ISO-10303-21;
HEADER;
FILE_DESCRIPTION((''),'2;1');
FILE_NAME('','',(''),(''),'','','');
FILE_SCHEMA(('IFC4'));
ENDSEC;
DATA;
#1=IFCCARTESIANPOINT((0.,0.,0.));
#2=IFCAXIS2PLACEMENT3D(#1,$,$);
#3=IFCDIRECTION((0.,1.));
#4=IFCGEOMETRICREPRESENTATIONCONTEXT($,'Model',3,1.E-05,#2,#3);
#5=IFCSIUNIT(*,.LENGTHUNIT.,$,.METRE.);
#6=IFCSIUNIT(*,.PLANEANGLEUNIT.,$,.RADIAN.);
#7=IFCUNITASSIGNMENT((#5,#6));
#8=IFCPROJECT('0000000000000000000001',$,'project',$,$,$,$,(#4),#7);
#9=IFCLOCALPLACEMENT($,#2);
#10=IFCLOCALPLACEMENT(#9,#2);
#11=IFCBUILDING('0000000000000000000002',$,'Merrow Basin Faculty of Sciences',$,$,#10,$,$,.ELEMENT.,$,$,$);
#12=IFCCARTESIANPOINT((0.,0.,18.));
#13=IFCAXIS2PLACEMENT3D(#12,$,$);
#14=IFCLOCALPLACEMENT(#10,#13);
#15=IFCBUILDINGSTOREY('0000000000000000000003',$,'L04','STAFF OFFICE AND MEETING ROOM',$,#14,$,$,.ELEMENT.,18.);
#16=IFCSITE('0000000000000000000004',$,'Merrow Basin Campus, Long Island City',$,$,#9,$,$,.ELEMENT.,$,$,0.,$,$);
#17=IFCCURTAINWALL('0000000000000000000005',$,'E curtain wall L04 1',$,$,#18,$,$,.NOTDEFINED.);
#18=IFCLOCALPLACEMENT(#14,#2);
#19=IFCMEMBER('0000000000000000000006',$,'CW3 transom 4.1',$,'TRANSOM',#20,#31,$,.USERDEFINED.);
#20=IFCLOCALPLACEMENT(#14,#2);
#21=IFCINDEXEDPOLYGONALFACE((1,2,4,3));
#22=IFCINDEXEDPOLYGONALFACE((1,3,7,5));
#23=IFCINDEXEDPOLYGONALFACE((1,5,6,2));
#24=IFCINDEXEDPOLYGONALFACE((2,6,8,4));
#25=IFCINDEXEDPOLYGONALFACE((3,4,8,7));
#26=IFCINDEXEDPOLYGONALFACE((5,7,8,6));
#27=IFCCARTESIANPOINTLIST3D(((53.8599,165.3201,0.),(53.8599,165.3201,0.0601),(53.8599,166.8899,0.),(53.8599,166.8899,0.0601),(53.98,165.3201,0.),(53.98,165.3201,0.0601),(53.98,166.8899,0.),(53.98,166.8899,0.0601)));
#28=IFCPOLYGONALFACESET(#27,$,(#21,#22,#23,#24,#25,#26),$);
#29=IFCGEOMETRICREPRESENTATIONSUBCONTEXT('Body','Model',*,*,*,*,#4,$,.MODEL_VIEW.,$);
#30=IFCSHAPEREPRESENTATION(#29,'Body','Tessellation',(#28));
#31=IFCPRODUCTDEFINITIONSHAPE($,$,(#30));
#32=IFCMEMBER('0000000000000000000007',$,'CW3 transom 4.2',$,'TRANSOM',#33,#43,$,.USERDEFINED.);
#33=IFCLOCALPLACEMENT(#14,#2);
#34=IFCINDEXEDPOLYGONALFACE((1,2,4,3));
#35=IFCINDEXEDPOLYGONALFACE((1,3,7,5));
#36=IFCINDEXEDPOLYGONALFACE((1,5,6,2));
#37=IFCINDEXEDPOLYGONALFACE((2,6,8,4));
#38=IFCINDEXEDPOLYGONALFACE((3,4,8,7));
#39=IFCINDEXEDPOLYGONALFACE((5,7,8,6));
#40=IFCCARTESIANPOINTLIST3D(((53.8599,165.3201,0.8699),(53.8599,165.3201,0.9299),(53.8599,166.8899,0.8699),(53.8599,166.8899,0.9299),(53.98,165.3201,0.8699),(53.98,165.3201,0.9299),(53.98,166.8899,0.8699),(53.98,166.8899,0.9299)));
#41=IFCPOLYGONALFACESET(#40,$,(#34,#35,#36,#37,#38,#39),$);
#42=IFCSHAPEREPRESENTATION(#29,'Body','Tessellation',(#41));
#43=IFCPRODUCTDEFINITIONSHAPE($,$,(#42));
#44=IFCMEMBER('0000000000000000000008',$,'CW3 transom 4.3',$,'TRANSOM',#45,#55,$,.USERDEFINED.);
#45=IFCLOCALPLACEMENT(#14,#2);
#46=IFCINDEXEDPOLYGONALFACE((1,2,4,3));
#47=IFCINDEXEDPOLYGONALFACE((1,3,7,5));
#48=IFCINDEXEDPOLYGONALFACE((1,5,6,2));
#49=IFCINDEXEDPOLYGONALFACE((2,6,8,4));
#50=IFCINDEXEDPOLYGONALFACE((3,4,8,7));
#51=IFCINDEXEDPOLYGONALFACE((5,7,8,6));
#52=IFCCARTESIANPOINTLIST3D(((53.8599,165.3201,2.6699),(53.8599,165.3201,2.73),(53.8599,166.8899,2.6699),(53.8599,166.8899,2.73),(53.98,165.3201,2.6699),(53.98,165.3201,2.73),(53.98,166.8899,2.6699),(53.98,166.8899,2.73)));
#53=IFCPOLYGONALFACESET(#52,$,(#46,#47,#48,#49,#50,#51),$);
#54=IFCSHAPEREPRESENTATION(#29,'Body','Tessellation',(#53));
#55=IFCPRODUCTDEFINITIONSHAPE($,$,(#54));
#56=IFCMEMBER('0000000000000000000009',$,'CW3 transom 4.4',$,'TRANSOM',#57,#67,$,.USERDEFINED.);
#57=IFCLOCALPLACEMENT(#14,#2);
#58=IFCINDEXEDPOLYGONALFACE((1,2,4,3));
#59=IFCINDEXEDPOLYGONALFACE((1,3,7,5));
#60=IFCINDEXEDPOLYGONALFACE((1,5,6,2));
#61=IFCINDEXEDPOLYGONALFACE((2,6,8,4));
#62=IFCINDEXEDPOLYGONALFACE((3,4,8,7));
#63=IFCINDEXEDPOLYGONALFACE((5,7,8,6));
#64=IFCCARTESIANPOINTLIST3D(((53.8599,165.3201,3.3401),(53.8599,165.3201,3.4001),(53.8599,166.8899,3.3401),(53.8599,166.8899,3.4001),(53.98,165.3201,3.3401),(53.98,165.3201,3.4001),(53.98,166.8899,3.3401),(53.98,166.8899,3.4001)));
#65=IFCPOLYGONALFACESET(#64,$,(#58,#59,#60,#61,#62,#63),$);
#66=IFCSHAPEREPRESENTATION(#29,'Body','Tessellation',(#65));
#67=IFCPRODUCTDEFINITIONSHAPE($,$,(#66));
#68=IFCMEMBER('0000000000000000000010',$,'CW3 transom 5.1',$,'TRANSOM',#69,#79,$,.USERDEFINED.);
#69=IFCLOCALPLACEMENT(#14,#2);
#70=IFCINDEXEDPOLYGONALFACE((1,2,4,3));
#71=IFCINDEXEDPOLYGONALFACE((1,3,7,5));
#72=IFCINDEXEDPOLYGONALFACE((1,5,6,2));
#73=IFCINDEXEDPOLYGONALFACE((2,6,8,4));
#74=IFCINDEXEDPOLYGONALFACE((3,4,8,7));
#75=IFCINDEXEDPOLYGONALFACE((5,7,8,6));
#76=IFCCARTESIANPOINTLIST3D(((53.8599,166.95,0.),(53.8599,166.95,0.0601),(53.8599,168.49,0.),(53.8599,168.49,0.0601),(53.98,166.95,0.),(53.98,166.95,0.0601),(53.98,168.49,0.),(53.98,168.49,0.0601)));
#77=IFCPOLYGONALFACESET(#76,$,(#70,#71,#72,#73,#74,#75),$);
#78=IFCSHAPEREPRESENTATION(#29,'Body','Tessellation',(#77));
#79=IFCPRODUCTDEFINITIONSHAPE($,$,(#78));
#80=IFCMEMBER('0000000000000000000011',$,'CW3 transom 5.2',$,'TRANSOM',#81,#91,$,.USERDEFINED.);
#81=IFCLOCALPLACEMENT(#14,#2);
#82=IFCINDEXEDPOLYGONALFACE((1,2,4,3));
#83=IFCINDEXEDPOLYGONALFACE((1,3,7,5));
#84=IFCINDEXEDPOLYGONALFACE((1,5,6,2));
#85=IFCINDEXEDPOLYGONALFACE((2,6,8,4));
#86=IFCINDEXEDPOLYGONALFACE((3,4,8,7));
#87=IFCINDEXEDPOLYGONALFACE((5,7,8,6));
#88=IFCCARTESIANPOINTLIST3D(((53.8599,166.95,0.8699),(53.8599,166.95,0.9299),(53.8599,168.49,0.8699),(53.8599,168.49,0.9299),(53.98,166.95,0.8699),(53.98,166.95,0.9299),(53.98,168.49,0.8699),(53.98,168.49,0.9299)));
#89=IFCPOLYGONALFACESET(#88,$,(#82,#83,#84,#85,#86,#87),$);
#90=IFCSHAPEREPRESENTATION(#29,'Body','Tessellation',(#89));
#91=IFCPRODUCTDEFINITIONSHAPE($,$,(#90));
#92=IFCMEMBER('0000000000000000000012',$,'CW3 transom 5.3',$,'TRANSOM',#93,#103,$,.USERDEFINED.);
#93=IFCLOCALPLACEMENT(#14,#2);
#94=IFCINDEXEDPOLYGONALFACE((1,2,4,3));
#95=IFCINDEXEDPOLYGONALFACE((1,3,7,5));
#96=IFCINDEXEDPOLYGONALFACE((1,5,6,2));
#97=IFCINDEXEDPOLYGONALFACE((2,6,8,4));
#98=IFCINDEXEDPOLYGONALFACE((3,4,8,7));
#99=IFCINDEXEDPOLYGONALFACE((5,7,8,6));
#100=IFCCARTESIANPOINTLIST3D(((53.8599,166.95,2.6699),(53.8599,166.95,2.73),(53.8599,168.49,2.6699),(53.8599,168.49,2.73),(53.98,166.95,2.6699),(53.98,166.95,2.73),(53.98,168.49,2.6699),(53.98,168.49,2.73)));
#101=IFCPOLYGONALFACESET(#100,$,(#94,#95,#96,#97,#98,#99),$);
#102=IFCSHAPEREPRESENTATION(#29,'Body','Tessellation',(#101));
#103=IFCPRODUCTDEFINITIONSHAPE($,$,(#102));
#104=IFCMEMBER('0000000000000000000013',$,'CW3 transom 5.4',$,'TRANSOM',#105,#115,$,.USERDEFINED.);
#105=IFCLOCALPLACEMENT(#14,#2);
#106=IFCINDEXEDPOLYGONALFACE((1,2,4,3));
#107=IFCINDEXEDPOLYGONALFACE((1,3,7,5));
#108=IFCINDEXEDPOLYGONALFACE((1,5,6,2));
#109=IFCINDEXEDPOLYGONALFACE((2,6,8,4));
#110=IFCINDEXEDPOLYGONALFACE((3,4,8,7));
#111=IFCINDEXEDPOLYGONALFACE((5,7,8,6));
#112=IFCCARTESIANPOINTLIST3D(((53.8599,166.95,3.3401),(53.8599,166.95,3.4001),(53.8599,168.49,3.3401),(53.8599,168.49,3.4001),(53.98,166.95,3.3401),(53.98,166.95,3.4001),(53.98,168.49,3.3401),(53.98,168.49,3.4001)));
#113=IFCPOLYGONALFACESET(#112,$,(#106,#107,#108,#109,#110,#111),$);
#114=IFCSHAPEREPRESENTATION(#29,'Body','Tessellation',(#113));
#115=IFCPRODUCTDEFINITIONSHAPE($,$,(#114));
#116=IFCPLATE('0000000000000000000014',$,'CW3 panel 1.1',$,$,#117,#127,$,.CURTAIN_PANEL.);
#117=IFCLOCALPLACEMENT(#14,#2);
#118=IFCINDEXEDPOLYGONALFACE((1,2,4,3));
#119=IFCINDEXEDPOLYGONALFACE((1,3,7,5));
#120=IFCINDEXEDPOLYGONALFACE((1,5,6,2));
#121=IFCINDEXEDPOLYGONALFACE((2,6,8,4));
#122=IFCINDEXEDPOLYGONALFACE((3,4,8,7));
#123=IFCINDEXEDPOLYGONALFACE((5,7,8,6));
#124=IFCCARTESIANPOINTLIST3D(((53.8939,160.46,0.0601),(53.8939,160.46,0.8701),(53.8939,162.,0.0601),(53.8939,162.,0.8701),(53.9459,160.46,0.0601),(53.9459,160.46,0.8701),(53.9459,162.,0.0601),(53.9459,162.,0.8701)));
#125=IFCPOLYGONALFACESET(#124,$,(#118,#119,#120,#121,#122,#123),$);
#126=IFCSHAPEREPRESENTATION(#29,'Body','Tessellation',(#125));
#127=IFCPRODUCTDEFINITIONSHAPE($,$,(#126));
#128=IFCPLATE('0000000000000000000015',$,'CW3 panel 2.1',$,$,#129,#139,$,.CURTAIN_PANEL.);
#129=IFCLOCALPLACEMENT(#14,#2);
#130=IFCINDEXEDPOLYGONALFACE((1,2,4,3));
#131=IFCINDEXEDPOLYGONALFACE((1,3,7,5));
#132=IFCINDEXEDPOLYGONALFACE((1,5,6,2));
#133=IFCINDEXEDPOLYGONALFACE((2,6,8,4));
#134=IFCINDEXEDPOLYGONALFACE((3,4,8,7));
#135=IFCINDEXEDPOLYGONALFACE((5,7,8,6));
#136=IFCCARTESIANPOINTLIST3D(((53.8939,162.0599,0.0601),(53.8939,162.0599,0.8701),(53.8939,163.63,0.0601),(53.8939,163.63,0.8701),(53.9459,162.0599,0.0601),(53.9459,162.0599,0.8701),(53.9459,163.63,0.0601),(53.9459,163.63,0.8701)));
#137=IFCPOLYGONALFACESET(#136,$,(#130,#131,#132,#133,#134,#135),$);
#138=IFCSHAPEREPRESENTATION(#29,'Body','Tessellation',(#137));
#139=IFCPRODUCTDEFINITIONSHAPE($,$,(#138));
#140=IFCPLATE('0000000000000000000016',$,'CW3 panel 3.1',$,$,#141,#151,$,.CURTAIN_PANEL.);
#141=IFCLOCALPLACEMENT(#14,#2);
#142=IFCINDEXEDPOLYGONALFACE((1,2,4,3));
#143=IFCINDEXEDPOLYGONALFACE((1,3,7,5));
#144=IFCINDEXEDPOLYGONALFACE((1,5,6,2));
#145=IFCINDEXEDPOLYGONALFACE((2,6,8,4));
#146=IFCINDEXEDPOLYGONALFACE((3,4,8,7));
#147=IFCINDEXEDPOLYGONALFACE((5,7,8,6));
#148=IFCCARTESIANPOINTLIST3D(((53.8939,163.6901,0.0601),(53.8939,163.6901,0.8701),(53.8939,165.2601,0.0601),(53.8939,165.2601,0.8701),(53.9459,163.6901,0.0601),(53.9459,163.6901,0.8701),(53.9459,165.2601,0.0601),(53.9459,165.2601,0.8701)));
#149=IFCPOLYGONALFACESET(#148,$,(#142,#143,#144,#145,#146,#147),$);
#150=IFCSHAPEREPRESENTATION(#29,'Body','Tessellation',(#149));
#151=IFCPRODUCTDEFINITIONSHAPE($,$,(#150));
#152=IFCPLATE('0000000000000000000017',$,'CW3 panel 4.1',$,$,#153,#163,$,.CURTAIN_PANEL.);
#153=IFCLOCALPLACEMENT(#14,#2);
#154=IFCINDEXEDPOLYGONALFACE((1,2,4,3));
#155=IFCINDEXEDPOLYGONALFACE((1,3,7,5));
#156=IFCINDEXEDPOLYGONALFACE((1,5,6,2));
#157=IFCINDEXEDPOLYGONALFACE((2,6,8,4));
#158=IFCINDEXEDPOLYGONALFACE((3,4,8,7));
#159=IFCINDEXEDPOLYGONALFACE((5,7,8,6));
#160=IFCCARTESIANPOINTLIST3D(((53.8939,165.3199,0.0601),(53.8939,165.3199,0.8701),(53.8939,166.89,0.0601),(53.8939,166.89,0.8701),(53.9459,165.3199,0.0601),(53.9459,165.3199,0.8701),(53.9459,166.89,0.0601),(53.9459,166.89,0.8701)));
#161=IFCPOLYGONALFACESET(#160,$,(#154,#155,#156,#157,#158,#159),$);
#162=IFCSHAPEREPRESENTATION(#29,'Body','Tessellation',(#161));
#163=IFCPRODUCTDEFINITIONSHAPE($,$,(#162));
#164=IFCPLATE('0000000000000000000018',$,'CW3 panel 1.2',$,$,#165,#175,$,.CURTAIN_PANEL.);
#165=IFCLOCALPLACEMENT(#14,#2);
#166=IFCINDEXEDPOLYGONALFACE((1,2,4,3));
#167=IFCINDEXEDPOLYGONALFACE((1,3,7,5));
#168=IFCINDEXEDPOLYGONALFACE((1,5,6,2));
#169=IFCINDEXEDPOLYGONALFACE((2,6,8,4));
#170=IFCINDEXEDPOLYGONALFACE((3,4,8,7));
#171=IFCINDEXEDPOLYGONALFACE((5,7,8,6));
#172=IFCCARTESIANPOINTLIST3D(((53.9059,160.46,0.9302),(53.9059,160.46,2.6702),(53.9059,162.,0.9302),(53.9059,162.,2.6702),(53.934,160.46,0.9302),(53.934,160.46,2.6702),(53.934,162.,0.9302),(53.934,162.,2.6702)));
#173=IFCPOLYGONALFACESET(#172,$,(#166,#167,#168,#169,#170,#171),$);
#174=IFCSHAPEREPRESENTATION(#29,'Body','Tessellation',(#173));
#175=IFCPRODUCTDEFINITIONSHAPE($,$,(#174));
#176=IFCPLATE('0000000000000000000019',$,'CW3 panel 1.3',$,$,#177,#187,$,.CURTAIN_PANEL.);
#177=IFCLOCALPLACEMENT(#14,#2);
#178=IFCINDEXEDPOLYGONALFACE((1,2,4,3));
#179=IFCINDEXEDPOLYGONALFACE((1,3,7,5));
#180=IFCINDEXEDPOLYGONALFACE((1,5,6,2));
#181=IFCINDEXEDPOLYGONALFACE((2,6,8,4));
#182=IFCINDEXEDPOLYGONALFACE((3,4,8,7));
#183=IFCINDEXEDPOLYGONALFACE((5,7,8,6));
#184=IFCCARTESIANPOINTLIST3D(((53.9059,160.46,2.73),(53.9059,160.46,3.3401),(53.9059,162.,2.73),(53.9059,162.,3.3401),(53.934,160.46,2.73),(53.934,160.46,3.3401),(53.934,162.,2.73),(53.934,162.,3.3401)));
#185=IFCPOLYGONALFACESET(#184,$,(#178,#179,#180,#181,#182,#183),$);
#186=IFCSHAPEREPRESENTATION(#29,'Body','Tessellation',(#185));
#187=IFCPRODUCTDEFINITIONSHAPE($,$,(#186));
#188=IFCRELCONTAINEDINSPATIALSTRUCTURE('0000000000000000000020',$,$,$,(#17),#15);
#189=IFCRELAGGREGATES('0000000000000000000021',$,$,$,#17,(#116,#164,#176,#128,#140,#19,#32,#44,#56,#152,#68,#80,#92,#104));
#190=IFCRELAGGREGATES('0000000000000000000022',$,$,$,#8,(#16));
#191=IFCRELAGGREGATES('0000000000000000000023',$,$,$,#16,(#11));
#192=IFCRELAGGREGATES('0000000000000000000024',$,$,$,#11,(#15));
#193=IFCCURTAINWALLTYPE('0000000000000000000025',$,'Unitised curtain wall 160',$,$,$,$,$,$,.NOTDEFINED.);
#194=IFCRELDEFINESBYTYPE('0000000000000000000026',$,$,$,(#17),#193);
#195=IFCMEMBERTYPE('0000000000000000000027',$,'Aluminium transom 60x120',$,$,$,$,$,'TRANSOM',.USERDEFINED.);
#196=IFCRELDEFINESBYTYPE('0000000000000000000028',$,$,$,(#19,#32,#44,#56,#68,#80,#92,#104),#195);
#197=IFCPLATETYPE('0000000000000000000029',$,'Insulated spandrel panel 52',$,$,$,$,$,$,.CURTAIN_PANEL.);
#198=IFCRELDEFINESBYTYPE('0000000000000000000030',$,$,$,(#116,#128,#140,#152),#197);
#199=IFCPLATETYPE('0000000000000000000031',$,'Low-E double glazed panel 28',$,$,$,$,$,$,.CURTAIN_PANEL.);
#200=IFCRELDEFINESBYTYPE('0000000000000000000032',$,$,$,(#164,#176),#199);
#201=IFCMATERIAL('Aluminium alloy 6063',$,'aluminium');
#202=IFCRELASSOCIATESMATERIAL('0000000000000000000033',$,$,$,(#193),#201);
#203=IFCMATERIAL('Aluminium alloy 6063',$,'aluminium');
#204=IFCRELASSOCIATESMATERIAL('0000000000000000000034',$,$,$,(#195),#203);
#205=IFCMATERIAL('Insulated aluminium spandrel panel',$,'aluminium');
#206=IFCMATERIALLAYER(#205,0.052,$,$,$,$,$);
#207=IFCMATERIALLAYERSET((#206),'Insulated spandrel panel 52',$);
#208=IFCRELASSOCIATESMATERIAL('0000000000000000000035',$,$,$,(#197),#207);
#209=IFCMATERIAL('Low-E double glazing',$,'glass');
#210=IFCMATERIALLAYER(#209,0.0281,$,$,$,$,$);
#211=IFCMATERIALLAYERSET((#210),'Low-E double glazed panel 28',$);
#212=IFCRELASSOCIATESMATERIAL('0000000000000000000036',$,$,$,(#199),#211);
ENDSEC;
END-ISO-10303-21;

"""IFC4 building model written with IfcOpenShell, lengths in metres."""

from ifc_helpers import new_model, si_unit, direction, frame, origin, origin_2d, place, context, subcontext, project, spatial, rectangle, extrude, material, layer, layer_set, material_profile, profile_set, type_object, element, aggregate, save


model = new_model("IFC4")

# Units and contexts
model_context = context("Model", 3, precision=1e-05, world=origin(), true_north=direction((0.0, 1.0)))
body_context = subcontext(model_context, "Body", "Model", "MODEL_VIEW")
ifc_project = project(units=[si_unit("LENGTHUNIT", "METRE"), si_unit("PLANEANGLEUNIT", "RADIAN")], contexts=[model_context])

# Site, building, storey
site_placement = place(None, origin())
site = spatial("IfcSite", under=ifc_project, at=site_placement, Name="Merrow Basin Campus, Long Island City", CompositionType="ELEMENT", RefElevation=0.0)
building_placement = place(site_placement, origin())
building = spatial("IfcBuilding", under=site, at=building_placement, Name="Merrow Basin Faculty of Sciences", CompositionType="ELEMENT")
storey_placement = place(building_placement, frame((0.0, 0.0, 18.0)))
storey = spatial("IfcBuildingStorey", under=building, at=storey_placement, Name="L04", Description="STAFF OFFICE AND MEETING ROOM", CompositionType="ELEMENT", Elevation=18.0)

# Curtain wall, members, plates
ifc_material_1 = material(Name="Aluminium alloy 6063", Category="aluminium")
curtain_wall_type = type_object("IfcCurtainWallType", Name="Unitised curtain wall 160", PredefinedType="NOTDEFINED", material=ifc_material_1)
curtain_wall_placement = place(storey_placement, origin())
curtain_wall = element("IfcCurtainWall", 1, at=curtain_wall_placement, inside=storey, type_object=curtain_wall_type, Name="E curtain wall L04 1", PredefinedType="NOTDEFINED")
ifc_material_2 = material(Name="Aluminium alloy 6063", Category="aluminium")
ifc_material_profile_1 = material_profile(ifc_material_2, rectangle(XDim=0.1201, YDim=0.0601, at=origin_2d()))
ifc_profile_set_1 = profile_set([ifc_material_profile_1], Name="Aluminium alloy 6063")
member_type_1 = type_object("IfcMemberType", Name="Aluminium transom 60x120", ElementType="TRANSOM", PredefinedType="USERDEFINED", material=ifc_profile_set_1)
member_1_placement = place(storey_placement, frame((53.9199, 165.3201, 0.03), z_axis=(0.0, 1.0, 0.0), x_axis=(-1.0, 0.0, 0.0)))
member_1 = element("IfcMember", 2, at=member_1_placement, type_object=member_type_1, Name="CW3 transom 4.1", ObjectType="TRANSOM", PredefinedType="USERDEFINED", context=body_context, shape_type="SweptSolid", body=[
    extrude(rectangle(XDim=0.1201, YDim=0.0601, at=origin_2d()), origin(), (0.0, 0.0, 1.0), 1.5698),
])
member_2_placement = place(storey_placement, frame((53.9199, 165.3201, 0.8999), z_axis=(0.0, 1.0, 0.0), x_axis=(-1.0, 0.0, 0.0)))
member_2 = element("IfcMember", 3, at=member_2_placement, type_object=member_type_1, Name="CW3 transom 4.2", ObjectType="TRANSOM", PredefinedType="USERDEFINED", context=body_context, shape_type="SweptSolid", body=[
    extrude(rectangle(XDim=0.1201, YDim=0.0601, at=origin_2d()), origin(), (0.0, 0.0, 1.0), 1.5698),
])
member_3_placement = place(storey_placement, frame((53.9199, 165.3201, 2.7), z_axis=(0.0, 1.0, 0.0), x_axis=(-1.0, 0.0, 0.0)))
member_3 = element("IfcMember", 4, at=member_3_placement, type_object=member_type_1, Name="CW3 transom 4.3", ObjectType="TRANSOM", PredefinedType="USERDEFINED", context=body_context, shape_type="SweptSolid", body=[
    extrude(rectangle(XDim=0.1201, YDim=0.0601, at=origin_2d()), origin(), (0.0, 0.0, 1.0), 1.5698),
])
member_4_placement = place(storey_placement, frame((53.9199, 165.3201, 3.3701), z_axis=(0.0, 1.0, 0.0), x_axis=(-1.0, 0.0, 0.0)))
member_4 = element("IfcMember", 5, at=member_4_placement, type_object=member_type_1, Name="CW3 transom 4.4", ObjectType="TRANSOM", PredefinedType="USERDEFINED", context=body_context, shape_type="SweptSolid", body=[
    extrude(rectangle(XDim=0.1201, YDim=0.0601, at=origin_2d()), origin(), (0.0, 0.0, 1.0), 1.5698),
])
member_5_placement = place(storey_placement, frame((53.9199, 166.95, 0.03), z_axis=(0.0, 1.0, 0.0), x_axis=(-1.0, 0.0, 0.0)))
member_5 = element("IfcMember", 6, at=member_5_placement, type_object=member_type_1, Name="CW3 transom 5.1", ObjectType="TRANSOM", PredefinedType="USERDEFINED", context=body_context, shape_type="SweptSolid", body=[
    extrude(rectangle(XDim=0.1201, YDim=0.0601, at=origin_2d()), origin(), (0.0, 0.0, 1.0), 1.54),
])
member_6_placement = place(storey_placement, frame((53.9199, 166.95, 0.8999), z_axis=(0.0, 1.0, 0.0), x_axis=(-1.0, 0.0, 0.0)))
member_6 = element("IfcMember", 7, at=member_6_placement, type_object=member_type_1, Name="CW3 transom 5.2", ObjectType="TRANSOM", PredefinedType="USERDEFINED", context=body_context, shape_type="SweptSolid", body=[
    extrude(rectangle(XDim=0.1201, YDim=0.0601, at=origin_2d()), origin(), (0.0, 0.0, 1.0), 1.54),
])
member_7_placement = place(storey_placement, frame((53.9199, 166.95, 2.7), z_axis=(0.0, 1.0, 0.0), x_axis=(-1.0, 0.0, 0.0)))
member_7 = element("IfcMember", 8, at=member_7_placement, type_object=member_type_1, Name="CW3 transom 5.3", ObjectType="TRANSOM", PredefinedType="USERDEFINED", context=body_context, shape_type="SweptSolid", body=[
    extrude(rectangle(XDim=0.1201, YDim=0.0601, at=origin_2d()), origin(), (0.0, 0.0, 1.0), 1.54),
])
member_8_placement = place(storey_placement, frame((53.9199, 166.95, 3.3701), z_axis=(0.0, 1.0, 0.0), x_axis=(-1.0, 0.0, 0.0)))
member_8 = element("IfcMember", 9, at=member_8_placement, type_object=member_type_1, Name="CW3 transom 5.4", ObjectType="TRANSOM", PredefinedType="USERDEFINED", context=body_context, shape_type="SweptSolid", body=[
    extrude(rectangle(XDim=0.1201, YDim=0.0601, at=origin_2d()), origin(), (0.0, 0.0, 1.0), 1.54),
])
ifc_material_3 = material(Name="Insulated aluminium spandrel panel", Category="aluminium")
ifc_layer_1 = layer(ifc_material_3, 0.052)
ifc_layer_set_1 = layer_set([ifc_layer_1], Name="Insulated spandrel panel 52")
plate_type_1 = type_object("IfcPlateType", Name="Insulated spandrel panel 52", PredefinedType="CURTAIN_PANEL", material=ifc_layer_set_1)
plate_1_placement = place(storey_placement, frame((53.9199, 161.23, 0.0601), z_axis=(0.0, 0.0, 1.0), x_axis=(0.0, 1.0, 0.0)))
plate_1 = element("IfcPlate", 10, at=plate_1_placement, type_object=plate_type_1, Name="CW3 panel 1.1", PredefinedType="CURTAIN_PANEL", context=body_context, shape_type="SweptSolid", body=[
    extrude(rectangle(XDim=1.54, YDim=0.052, at=origin_2d()), origin(), (0.0, 0.0, 1.0), 0.8101),
])
plate_2_placement = place(storey_placement, frame((53.9199, 162.845, 0.0601), z_axis=(0.0, 0.0, 1.0), x_axis=(0.0, 1.0, 0.0)))
plate_2 = element("IfcPlate", 11, at=plate_2_placement, type_object=plate_type_1, Name="CW3 panel 2.1", PredefinedType="CURTAIN_PANEL", context=body_context, shape_type="SweptSolid", body=[
    extrude(rectangle(XDim=1.5701, YDim=0.052, at=origin_2d()), origin(), (0.0, 0.0, 1.0), 0.8101),
])
plate_3_placement = place(storey_placement, frame((53.9199, 164.4751, 0.0601), z_axis=(0.0, 0.0, 1.0), x_axis=(0.0, 1.0, 0.0)))
plate_3 = element("IfcPlate", 12, at=plate_3_placement, type_object=plate_type_1, Name="CW3 panel 3.1", PredefinedType="CURTAIN_PANEL", context=body_context, shape_type="SweptSolid", body=[
    extrude(rectangle(XDim=1.5701, YDim=0.052, at=origin_2d()), origin(), (0.0, 0.0, 1.0), 0.8101),
])
plate_4_placement = place(storey_placement, frame((53.9199, 166.105, 0.0601), z_axis=(0.0, 0.0, 1.0), x_axis=(0.0, 1.0, 0.0)))
plate_4 = element("IfcPlate", 13, at=plate_4_placement, type_object=plate_type_1, Name="CW3 panel 4.1", PredefinedType="CURTAIN_PANEL", context=body_context, shape_type="SweptSolid", body=[
    extrude(rectangle(XDim=1.5701, YDim=0.052, at=origin_2d()), origin(), (0.0, 0.0, 1.0), 0.8101),
])
ifc_material_4 = material(Name="Low-E double glazing", Category="glass")
ifc_layer_2 = layer(ifc_material_4, 0.0281)
ifc_layer_set_2 = layer_set([ifc_layer_2], Name="Low-E double glazed panel 28")
plate_type_2 = type_object("IfcPlateType", Name="Low-E double glazed panel 28", PredefinedType="CURTAIN_PANEL", material=ifc_layer_set_2)
plate_5_placement = place(storey_placement, frame((53.9199, 161.23, 0.9302), z_axis=(0.0, 0.0, 1.0), x_axis=(0.0, 1.0, 0.0)))
plate_5 = element("IfcPlate", 14, at=plate_5_placement, type_object=plate_type_2, Name="CW3 panel 1.2", PredefinedType="CURTAIN_PANEL", context=body_context, shape_type="SweptSolid", body=[
    extrude(rectangle(XDim=1.54, YDim=0.0281, at=origin_2d()), origin(), (0.0, 0.0, 1.0), 1.74),
])
plate_6_placement = place(storey_placement, frame((53.9199, 161.23, 2.73), z_axis=(0.0, 0.0, 1.0), x_axis=(0.0, 1.0, 0.0)))
plate_6 = element("IfcPlate", 15, at=plate_6_placement, type_object=plate_type_2, Name="CW3 panel 1.3", PredefinedType="CURTAIN_PANEL", context=body_context, shape_type="SweptSolid", body=[
    extrude(rectangle(XDim=1.54, YDim=0.0281, at=origin_2d()), origin(), (0.0, 0.0, 1.0), 0.6101),
])
aggregate(curtain_wall, [plate_1, plate_5, plate_6, plate_2, plate_3, member_1, member_2, member_3, member_4, plate_4, member_5, member_6, member_7, member_8])

save(model, "model.ifc")
